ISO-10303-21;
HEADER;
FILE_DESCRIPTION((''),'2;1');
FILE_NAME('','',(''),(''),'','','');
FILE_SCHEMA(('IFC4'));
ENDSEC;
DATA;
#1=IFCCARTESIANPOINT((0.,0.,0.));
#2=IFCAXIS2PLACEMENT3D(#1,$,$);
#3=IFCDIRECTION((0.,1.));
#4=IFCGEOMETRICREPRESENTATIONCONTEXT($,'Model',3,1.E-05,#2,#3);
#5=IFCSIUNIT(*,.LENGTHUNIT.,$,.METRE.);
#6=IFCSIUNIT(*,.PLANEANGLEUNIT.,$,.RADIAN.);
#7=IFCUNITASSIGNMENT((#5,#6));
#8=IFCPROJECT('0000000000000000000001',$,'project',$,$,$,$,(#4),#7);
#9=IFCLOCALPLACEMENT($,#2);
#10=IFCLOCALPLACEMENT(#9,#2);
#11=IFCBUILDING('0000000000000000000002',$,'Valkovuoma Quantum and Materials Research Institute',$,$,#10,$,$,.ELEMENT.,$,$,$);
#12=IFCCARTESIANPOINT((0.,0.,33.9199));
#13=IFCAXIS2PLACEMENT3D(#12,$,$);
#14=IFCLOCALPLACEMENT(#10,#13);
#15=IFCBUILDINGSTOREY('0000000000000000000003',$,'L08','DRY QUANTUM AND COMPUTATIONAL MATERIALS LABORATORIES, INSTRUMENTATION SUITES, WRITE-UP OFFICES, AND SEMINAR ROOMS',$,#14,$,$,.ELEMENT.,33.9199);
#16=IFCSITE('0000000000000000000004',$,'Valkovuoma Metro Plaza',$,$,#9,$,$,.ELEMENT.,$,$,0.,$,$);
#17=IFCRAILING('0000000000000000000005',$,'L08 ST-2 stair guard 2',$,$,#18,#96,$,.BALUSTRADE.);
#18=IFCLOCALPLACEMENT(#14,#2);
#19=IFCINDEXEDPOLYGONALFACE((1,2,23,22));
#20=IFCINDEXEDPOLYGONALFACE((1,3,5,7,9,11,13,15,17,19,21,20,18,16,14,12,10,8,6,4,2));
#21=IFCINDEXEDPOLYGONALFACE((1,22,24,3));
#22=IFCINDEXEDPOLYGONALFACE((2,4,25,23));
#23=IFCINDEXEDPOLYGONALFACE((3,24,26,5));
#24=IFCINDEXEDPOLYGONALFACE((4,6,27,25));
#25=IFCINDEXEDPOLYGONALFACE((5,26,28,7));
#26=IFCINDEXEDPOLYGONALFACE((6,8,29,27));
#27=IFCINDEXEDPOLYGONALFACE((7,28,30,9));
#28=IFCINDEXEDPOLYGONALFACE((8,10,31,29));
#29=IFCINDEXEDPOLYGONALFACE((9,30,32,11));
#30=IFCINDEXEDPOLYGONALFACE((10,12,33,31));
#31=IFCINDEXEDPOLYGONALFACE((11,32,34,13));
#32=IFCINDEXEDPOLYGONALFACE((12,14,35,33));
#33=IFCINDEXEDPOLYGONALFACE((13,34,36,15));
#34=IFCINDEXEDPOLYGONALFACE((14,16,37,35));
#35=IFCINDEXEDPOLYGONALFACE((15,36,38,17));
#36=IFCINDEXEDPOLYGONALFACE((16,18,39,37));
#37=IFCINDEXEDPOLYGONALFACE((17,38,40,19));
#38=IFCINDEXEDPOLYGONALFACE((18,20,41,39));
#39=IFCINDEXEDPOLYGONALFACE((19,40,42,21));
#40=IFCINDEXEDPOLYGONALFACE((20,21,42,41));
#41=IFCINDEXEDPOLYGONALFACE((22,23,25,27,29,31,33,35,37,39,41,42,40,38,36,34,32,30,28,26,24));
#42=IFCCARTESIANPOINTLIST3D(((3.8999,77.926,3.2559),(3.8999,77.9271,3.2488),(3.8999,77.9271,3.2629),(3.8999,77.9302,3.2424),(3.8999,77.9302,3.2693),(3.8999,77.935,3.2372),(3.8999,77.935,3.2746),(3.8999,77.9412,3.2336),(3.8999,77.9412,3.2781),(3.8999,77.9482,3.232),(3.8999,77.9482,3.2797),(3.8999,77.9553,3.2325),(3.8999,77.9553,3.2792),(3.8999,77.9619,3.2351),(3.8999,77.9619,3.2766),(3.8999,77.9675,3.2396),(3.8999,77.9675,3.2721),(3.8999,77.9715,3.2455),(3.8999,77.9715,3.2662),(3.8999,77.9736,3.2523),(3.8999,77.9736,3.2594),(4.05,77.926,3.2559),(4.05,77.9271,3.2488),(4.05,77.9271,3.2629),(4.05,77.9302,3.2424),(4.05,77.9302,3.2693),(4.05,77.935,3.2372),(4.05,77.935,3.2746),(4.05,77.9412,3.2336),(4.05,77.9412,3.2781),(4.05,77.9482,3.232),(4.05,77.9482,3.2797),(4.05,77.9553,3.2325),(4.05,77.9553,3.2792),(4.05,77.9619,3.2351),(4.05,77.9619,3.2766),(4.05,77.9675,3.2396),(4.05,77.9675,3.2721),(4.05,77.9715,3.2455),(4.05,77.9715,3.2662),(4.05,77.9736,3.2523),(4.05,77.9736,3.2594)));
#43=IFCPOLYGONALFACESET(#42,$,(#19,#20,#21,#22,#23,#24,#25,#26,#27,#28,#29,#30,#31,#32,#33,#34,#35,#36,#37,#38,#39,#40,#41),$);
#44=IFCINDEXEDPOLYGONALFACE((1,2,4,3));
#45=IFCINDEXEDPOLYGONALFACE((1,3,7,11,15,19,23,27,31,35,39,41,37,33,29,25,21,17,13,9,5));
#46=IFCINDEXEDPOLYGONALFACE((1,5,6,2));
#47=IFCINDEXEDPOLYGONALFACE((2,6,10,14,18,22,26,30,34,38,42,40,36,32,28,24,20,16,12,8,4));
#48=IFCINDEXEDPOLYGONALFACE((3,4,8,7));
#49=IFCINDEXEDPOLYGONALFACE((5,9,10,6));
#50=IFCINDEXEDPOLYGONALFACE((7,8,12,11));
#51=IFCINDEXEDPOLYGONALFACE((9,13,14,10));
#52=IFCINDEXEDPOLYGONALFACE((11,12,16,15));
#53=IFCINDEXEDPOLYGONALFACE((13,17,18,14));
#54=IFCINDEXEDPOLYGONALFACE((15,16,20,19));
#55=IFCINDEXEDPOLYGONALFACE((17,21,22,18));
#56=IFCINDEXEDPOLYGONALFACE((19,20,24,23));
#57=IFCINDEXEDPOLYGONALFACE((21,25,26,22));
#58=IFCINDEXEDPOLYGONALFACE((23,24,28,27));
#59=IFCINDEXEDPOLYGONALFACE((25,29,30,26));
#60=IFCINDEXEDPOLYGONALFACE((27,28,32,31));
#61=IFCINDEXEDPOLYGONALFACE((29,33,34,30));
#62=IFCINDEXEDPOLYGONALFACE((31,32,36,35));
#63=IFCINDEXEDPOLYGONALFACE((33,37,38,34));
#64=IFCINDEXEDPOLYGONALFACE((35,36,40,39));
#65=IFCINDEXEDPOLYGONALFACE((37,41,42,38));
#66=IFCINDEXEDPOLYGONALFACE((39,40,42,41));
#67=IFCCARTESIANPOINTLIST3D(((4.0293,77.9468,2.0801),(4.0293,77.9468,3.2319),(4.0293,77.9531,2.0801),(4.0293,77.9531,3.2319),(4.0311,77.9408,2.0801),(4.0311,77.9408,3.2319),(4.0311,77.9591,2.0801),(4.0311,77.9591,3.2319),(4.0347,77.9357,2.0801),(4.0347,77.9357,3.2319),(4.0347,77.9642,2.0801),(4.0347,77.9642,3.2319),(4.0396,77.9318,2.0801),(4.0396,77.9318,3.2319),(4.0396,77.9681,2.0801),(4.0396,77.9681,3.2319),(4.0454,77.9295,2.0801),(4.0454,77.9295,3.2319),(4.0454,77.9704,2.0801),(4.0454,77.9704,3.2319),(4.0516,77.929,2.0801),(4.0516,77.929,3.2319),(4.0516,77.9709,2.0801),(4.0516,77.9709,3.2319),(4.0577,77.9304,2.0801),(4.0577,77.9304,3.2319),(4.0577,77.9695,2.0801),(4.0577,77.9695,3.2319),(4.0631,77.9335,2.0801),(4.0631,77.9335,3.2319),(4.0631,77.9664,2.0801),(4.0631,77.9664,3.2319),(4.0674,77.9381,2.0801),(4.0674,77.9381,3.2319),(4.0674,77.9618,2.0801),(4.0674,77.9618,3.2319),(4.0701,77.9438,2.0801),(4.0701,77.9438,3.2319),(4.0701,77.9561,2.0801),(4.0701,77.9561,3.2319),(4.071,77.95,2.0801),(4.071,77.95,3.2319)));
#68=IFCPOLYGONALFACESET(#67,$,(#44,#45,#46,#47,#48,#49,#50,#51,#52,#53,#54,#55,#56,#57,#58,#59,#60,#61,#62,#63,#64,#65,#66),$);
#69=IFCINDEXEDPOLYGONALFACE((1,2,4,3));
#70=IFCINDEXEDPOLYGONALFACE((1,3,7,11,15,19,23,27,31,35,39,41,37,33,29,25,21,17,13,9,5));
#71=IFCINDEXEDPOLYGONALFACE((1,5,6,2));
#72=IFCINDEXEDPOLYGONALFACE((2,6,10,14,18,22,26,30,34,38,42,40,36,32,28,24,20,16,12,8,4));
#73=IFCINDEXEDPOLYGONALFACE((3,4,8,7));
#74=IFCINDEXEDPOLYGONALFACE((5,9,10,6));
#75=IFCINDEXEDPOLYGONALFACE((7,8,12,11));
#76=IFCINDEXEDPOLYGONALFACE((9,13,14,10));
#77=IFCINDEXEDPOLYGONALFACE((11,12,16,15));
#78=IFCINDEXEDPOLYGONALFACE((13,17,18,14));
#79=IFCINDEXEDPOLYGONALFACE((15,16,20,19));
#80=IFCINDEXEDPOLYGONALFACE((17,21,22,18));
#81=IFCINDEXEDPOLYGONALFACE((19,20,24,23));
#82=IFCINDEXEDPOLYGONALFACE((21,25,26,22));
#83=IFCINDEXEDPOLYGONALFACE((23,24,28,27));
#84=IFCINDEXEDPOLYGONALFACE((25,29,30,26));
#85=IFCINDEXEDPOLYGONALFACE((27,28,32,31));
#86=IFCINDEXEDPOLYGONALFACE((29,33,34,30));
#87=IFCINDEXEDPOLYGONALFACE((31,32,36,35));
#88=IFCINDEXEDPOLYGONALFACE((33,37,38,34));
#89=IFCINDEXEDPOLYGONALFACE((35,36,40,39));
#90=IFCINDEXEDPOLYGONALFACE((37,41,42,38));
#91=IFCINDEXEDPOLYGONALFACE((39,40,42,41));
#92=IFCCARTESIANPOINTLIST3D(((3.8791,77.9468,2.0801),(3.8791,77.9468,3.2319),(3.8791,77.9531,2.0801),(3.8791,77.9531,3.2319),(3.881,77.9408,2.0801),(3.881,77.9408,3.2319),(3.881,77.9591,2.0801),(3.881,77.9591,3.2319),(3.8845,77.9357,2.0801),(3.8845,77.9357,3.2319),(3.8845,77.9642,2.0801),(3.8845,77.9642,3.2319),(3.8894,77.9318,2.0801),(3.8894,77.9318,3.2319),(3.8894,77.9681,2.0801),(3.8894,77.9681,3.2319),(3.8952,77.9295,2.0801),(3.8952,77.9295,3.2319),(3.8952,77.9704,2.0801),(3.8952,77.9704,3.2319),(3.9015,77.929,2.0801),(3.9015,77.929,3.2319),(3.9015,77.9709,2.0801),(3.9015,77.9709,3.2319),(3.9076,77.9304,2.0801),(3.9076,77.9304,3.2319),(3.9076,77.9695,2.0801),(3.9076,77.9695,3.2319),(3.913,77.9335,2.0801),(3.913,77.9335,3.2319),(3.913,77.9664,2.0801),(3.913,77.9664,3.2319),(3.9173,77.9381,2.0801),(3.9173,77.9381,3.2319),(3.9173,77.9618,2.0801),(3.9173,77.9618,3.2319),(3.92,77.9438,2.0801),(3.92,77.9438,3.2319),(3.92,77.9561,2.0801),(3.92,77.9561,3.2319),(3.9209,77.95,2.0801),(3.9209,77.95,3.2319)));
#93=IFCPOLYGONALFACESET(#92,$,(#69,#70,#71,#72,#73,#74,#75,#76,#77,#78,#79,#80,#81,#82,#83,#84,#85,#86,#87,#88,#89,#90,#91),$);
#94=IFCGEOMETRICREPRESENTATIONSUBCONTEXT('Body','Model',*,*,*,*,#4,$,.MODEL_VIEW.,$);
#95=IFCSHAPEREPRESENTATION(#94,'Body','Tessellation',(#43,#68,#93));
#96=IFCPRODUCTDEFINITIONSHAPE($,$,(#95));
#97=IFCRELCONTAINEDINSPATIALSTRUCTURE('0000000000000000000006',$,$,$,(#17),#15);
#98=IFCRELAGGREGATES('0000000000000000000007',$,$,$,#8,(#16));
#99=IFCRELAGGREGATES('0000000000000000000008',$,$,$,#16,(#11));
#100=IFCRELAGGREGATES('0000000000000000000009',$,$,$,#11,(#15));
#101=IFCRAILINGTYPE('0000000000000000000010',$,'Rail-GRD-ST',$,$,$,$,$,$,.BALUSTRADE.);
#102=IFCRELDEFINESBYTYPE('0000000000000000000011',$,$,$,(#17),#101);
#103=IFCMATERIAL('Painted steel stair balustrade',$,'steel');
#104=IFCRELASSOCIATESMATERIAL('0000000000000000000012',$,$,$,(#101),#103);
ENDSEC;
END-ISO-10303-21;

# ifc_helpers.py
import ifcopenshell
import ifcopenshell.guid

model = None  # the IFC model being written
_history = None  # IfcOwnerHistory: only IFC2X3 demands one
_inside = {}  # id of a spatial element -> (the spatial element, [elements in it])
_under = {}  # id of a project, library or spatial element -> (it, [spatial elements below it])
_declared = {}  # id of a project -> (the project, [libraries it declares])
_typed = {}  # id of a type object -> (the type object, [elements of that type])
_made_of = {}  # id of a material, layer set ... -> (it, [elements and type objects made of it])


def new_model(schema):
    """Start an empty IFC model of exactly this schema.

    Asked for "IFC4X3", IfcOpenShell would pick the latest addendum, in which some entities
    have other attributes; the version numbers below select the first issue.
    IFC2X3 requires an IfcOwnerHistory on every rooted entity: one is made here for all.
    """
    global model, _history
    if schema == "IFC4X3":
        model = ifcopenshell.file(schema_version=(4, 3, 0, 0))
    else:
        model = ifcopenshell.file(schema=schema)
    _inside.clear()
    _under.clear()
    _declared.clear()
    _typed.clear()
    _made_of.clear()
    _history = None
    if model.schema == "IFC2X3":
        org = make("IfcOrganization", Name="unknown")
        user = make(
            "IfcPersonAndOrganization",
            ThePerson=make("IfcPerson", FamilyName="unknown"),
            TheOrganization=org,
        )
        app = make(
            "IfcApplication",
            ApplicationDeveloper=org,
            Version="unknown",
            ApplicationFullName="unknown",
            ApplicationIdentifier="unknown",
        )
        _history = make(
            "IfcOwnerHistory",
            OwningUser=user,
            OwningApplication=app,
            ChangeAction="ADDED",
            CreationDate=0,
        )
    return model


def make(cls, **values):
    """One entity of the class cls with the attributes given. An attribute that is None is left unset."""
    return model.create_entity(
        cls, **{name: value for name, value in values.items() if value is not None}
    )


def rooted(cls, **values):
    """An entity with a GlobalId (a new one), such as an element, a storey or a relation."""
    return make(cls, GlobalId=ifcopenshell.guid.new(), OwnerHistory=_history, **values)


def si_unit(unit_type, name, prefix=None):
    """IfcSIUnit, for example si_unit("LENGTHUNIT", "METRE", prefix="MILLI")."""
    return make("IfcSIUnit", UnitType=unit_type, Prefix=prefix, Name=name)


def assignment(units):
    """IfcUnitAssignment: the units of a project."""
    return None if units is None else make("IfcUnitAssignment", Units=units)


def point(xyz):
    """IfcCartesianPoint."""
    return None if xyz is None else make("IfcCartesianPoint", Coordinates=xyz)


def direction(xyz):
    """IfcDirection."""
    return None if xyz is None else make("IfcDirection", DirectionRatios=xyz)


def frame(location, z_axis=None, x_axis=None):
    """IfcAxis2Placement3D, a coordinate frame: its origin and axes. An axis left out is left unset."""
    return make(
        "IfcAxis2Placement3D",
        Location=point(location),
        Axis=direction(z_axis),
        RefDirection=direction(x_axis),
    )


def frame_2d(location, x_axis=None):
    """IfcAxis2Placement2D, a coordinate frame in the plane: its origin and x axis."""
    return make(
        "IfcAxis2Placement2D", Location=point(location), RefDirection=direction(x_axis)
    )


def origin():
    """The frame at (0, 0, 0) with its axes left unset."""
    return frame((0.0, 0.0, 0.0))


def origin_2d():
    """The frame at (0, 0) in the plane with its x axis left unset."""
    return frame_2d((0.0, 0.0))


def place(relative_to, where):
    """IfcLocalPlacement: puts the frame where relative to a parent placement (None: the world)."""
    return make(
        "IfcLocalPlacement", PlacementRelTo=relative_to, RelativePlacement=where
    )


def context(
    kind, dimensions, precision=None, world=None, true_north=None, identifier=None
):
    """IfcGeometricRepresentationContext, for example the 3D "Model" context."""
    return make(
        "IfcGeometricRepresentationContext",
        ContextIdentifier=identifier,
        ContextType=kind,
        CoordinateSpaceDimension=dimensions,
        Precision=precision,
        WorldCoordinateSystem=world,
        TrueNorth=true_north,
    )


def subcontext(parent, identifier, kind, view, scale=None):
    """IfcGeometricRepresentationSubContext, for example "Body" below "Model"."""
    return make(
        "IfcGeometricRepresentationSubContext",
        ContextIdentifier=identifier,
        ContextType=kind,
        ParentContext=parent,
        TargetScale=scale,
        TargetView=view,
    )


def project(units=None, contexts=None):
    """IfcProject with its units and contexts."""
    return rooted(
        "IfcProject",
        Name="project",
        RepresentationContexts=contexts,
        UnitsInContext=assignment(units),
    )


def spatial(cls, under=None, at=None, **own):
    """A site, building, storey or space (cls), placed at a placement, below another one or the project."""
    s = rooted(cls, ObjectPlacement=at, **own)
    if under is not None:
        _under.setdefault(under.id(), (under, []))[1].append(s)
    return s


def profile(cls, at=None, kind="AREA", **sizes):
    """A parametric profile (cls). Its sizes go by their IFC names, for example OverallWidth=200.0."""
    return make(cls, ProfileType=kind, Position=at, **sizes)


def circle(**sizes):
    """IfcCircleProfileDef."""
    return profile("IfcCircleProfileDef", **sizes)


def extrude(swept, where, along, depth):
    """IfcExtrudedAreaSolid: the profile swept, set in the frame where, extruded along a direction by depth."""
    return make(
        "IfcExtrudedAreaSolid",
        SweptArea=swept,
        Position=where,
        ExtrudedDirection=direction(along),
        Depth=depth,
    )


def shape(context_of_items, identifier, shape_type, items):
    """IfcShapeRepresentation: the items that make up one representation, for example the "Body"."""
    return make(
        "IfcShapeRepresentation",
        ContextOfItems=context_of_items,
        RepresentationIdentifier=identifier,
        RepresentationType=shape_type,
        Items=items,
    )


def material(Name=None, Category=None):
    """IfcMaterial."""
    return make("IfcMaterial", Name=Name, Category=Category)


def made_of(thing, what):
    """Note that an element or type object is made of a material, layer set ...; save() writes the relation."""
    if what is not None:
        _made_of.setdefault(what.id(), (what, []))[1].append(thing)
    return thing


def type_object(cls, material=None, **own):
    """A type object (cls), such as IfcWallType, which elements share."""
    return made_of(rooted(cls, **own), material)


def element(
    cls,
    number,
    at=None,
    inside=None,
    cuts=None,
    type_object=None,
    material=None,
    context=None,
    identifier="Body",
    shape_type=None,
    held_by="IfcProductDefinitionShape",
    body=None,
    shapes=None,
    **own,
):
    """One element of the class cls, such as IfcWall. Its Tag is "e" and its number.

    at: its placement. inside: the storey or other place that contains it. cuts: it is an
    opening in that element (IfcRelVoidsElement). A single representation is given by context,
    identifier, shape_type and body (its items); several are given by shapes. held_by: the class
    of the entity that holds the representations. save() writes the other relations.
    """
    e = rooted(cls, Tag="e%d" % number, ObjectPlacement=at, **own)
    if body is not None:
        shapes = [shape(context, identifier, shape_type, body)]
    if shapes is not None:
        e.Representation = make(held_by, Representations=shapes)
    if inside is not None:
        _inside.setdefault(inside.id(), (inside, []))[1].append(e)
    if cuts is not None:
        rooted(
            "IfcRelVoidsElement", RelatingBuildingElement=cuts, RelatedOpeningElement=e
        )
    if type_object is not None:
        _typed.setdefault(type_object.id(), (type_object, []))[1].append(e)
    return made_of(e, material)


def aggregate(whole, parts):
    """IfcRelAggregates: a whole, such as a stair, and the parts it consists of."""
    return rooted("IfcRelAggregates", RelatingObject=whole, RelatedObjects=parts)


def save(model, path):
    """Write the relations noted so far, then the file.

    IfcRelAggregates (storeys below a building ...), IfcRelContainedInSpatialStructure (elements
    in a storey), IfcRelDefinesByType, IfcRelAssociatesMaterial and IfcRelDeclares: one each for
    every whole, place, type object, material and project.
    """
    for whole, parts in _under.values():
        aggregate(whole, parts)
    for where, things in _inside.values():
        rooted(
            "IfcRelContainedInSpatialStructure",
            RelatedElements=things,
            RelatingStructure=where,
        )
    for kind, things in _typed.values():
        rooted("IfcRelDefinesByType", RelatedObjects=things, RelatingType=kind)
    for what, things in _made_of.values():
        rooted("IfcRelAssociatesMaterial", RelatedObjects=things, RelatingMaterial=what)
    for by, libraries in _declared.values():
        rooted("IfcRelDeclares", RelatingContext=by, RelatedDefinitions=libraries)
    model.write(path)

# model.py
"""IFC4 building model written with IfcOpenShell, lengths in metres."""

from ifc_helpers import new_model, si_unit, direction, frame, origin, origin_2d, place, context, subcontext, project, spatial, circle, extrude, material, type_object, element, save


model = new_model("IFC4")

# Units and contexts
model_context = context("Model", 3, precision=1e-05, world=origin(), true_north=direction((0.0, 1.0)))
body_context = subcontext(model_context, "Body", "Model", "MODEL_VIEW")
ifc_project = project(units=[si_unit("LENGTHUNIT", "METRE"), si_unit("PLANEANGLEUNIT", "RADIAN")], contexts=[model_context])

# Site, building, storey
site_placement = place(None, origin())
site = spatial("IfcSite", under=ifc_project, at=site_placement, Name="Valkovuoma Metro Plaza", CompositionType="ELEMENT", RefElevation=0.0)
building_placement = place(site_placement, origin())
building = spatial("IfcBuilding", under=site, at=building_placement, Name="Valkovuoma Quantum and Materials Research Institute", CompositionType="ELEMENT")
storey_placement = place(building_placement, frame((0.0, 0.0, 33.9199)))
storey = spatial("IfcBuildingStorey", under=building, at=storey_placement, Name="L08", Description="DRY QUANTUM AND COMPUTATIONAL MATERIALS LABORATORIES, INSTRUMENTATION SUITES, WRITE-UP OFFICES, AND SEMINAR ROOMS", CompositionType="ELEMENT", Elevation=33.9199)

# Railing
ifc_material_1 = material(Name="Painted steel stair balustrade", Category="steel")
railing_type_1 = type_object("IfcRailingType", Name="Rail-GRD-ST", PredefinedType="BALUSTRADE", material=ifc_material_1)
railing_1_placement = place(storey_placement, frame((4.05, 77.95, 2.0801)))
element("IfcRailing", 1, at=railing_1_placement, inside=storey, type_object=railing_type_1, Name="L08 ST-2 stair guard 2", PredefinedType="BALUSTRADE", context=body_context, shape_type="SweptSolid", body=[
    extrude(circle(Radius=0.0239, at=origin_2d()), frame((0.0, 0.0, 1.1758), z_axis=(-1.0, 0.0, 0.0), x_axis=(0.0, -1.0, 0.0)), (0.0, 0.0, 1.0), 0.1501),
    extrude(circle(Radius=0.021, at=origin_2d()), origin(), (0.0, 0.0, 1.0), 1.1519),
    extrude(circle(Radius=0.021, at=origin_2d()), frame((-0.1501, 0.0, 0.0)), (0.0, 0.0, 1.0), 1.1519),
])

save(model, "model.ifc")
